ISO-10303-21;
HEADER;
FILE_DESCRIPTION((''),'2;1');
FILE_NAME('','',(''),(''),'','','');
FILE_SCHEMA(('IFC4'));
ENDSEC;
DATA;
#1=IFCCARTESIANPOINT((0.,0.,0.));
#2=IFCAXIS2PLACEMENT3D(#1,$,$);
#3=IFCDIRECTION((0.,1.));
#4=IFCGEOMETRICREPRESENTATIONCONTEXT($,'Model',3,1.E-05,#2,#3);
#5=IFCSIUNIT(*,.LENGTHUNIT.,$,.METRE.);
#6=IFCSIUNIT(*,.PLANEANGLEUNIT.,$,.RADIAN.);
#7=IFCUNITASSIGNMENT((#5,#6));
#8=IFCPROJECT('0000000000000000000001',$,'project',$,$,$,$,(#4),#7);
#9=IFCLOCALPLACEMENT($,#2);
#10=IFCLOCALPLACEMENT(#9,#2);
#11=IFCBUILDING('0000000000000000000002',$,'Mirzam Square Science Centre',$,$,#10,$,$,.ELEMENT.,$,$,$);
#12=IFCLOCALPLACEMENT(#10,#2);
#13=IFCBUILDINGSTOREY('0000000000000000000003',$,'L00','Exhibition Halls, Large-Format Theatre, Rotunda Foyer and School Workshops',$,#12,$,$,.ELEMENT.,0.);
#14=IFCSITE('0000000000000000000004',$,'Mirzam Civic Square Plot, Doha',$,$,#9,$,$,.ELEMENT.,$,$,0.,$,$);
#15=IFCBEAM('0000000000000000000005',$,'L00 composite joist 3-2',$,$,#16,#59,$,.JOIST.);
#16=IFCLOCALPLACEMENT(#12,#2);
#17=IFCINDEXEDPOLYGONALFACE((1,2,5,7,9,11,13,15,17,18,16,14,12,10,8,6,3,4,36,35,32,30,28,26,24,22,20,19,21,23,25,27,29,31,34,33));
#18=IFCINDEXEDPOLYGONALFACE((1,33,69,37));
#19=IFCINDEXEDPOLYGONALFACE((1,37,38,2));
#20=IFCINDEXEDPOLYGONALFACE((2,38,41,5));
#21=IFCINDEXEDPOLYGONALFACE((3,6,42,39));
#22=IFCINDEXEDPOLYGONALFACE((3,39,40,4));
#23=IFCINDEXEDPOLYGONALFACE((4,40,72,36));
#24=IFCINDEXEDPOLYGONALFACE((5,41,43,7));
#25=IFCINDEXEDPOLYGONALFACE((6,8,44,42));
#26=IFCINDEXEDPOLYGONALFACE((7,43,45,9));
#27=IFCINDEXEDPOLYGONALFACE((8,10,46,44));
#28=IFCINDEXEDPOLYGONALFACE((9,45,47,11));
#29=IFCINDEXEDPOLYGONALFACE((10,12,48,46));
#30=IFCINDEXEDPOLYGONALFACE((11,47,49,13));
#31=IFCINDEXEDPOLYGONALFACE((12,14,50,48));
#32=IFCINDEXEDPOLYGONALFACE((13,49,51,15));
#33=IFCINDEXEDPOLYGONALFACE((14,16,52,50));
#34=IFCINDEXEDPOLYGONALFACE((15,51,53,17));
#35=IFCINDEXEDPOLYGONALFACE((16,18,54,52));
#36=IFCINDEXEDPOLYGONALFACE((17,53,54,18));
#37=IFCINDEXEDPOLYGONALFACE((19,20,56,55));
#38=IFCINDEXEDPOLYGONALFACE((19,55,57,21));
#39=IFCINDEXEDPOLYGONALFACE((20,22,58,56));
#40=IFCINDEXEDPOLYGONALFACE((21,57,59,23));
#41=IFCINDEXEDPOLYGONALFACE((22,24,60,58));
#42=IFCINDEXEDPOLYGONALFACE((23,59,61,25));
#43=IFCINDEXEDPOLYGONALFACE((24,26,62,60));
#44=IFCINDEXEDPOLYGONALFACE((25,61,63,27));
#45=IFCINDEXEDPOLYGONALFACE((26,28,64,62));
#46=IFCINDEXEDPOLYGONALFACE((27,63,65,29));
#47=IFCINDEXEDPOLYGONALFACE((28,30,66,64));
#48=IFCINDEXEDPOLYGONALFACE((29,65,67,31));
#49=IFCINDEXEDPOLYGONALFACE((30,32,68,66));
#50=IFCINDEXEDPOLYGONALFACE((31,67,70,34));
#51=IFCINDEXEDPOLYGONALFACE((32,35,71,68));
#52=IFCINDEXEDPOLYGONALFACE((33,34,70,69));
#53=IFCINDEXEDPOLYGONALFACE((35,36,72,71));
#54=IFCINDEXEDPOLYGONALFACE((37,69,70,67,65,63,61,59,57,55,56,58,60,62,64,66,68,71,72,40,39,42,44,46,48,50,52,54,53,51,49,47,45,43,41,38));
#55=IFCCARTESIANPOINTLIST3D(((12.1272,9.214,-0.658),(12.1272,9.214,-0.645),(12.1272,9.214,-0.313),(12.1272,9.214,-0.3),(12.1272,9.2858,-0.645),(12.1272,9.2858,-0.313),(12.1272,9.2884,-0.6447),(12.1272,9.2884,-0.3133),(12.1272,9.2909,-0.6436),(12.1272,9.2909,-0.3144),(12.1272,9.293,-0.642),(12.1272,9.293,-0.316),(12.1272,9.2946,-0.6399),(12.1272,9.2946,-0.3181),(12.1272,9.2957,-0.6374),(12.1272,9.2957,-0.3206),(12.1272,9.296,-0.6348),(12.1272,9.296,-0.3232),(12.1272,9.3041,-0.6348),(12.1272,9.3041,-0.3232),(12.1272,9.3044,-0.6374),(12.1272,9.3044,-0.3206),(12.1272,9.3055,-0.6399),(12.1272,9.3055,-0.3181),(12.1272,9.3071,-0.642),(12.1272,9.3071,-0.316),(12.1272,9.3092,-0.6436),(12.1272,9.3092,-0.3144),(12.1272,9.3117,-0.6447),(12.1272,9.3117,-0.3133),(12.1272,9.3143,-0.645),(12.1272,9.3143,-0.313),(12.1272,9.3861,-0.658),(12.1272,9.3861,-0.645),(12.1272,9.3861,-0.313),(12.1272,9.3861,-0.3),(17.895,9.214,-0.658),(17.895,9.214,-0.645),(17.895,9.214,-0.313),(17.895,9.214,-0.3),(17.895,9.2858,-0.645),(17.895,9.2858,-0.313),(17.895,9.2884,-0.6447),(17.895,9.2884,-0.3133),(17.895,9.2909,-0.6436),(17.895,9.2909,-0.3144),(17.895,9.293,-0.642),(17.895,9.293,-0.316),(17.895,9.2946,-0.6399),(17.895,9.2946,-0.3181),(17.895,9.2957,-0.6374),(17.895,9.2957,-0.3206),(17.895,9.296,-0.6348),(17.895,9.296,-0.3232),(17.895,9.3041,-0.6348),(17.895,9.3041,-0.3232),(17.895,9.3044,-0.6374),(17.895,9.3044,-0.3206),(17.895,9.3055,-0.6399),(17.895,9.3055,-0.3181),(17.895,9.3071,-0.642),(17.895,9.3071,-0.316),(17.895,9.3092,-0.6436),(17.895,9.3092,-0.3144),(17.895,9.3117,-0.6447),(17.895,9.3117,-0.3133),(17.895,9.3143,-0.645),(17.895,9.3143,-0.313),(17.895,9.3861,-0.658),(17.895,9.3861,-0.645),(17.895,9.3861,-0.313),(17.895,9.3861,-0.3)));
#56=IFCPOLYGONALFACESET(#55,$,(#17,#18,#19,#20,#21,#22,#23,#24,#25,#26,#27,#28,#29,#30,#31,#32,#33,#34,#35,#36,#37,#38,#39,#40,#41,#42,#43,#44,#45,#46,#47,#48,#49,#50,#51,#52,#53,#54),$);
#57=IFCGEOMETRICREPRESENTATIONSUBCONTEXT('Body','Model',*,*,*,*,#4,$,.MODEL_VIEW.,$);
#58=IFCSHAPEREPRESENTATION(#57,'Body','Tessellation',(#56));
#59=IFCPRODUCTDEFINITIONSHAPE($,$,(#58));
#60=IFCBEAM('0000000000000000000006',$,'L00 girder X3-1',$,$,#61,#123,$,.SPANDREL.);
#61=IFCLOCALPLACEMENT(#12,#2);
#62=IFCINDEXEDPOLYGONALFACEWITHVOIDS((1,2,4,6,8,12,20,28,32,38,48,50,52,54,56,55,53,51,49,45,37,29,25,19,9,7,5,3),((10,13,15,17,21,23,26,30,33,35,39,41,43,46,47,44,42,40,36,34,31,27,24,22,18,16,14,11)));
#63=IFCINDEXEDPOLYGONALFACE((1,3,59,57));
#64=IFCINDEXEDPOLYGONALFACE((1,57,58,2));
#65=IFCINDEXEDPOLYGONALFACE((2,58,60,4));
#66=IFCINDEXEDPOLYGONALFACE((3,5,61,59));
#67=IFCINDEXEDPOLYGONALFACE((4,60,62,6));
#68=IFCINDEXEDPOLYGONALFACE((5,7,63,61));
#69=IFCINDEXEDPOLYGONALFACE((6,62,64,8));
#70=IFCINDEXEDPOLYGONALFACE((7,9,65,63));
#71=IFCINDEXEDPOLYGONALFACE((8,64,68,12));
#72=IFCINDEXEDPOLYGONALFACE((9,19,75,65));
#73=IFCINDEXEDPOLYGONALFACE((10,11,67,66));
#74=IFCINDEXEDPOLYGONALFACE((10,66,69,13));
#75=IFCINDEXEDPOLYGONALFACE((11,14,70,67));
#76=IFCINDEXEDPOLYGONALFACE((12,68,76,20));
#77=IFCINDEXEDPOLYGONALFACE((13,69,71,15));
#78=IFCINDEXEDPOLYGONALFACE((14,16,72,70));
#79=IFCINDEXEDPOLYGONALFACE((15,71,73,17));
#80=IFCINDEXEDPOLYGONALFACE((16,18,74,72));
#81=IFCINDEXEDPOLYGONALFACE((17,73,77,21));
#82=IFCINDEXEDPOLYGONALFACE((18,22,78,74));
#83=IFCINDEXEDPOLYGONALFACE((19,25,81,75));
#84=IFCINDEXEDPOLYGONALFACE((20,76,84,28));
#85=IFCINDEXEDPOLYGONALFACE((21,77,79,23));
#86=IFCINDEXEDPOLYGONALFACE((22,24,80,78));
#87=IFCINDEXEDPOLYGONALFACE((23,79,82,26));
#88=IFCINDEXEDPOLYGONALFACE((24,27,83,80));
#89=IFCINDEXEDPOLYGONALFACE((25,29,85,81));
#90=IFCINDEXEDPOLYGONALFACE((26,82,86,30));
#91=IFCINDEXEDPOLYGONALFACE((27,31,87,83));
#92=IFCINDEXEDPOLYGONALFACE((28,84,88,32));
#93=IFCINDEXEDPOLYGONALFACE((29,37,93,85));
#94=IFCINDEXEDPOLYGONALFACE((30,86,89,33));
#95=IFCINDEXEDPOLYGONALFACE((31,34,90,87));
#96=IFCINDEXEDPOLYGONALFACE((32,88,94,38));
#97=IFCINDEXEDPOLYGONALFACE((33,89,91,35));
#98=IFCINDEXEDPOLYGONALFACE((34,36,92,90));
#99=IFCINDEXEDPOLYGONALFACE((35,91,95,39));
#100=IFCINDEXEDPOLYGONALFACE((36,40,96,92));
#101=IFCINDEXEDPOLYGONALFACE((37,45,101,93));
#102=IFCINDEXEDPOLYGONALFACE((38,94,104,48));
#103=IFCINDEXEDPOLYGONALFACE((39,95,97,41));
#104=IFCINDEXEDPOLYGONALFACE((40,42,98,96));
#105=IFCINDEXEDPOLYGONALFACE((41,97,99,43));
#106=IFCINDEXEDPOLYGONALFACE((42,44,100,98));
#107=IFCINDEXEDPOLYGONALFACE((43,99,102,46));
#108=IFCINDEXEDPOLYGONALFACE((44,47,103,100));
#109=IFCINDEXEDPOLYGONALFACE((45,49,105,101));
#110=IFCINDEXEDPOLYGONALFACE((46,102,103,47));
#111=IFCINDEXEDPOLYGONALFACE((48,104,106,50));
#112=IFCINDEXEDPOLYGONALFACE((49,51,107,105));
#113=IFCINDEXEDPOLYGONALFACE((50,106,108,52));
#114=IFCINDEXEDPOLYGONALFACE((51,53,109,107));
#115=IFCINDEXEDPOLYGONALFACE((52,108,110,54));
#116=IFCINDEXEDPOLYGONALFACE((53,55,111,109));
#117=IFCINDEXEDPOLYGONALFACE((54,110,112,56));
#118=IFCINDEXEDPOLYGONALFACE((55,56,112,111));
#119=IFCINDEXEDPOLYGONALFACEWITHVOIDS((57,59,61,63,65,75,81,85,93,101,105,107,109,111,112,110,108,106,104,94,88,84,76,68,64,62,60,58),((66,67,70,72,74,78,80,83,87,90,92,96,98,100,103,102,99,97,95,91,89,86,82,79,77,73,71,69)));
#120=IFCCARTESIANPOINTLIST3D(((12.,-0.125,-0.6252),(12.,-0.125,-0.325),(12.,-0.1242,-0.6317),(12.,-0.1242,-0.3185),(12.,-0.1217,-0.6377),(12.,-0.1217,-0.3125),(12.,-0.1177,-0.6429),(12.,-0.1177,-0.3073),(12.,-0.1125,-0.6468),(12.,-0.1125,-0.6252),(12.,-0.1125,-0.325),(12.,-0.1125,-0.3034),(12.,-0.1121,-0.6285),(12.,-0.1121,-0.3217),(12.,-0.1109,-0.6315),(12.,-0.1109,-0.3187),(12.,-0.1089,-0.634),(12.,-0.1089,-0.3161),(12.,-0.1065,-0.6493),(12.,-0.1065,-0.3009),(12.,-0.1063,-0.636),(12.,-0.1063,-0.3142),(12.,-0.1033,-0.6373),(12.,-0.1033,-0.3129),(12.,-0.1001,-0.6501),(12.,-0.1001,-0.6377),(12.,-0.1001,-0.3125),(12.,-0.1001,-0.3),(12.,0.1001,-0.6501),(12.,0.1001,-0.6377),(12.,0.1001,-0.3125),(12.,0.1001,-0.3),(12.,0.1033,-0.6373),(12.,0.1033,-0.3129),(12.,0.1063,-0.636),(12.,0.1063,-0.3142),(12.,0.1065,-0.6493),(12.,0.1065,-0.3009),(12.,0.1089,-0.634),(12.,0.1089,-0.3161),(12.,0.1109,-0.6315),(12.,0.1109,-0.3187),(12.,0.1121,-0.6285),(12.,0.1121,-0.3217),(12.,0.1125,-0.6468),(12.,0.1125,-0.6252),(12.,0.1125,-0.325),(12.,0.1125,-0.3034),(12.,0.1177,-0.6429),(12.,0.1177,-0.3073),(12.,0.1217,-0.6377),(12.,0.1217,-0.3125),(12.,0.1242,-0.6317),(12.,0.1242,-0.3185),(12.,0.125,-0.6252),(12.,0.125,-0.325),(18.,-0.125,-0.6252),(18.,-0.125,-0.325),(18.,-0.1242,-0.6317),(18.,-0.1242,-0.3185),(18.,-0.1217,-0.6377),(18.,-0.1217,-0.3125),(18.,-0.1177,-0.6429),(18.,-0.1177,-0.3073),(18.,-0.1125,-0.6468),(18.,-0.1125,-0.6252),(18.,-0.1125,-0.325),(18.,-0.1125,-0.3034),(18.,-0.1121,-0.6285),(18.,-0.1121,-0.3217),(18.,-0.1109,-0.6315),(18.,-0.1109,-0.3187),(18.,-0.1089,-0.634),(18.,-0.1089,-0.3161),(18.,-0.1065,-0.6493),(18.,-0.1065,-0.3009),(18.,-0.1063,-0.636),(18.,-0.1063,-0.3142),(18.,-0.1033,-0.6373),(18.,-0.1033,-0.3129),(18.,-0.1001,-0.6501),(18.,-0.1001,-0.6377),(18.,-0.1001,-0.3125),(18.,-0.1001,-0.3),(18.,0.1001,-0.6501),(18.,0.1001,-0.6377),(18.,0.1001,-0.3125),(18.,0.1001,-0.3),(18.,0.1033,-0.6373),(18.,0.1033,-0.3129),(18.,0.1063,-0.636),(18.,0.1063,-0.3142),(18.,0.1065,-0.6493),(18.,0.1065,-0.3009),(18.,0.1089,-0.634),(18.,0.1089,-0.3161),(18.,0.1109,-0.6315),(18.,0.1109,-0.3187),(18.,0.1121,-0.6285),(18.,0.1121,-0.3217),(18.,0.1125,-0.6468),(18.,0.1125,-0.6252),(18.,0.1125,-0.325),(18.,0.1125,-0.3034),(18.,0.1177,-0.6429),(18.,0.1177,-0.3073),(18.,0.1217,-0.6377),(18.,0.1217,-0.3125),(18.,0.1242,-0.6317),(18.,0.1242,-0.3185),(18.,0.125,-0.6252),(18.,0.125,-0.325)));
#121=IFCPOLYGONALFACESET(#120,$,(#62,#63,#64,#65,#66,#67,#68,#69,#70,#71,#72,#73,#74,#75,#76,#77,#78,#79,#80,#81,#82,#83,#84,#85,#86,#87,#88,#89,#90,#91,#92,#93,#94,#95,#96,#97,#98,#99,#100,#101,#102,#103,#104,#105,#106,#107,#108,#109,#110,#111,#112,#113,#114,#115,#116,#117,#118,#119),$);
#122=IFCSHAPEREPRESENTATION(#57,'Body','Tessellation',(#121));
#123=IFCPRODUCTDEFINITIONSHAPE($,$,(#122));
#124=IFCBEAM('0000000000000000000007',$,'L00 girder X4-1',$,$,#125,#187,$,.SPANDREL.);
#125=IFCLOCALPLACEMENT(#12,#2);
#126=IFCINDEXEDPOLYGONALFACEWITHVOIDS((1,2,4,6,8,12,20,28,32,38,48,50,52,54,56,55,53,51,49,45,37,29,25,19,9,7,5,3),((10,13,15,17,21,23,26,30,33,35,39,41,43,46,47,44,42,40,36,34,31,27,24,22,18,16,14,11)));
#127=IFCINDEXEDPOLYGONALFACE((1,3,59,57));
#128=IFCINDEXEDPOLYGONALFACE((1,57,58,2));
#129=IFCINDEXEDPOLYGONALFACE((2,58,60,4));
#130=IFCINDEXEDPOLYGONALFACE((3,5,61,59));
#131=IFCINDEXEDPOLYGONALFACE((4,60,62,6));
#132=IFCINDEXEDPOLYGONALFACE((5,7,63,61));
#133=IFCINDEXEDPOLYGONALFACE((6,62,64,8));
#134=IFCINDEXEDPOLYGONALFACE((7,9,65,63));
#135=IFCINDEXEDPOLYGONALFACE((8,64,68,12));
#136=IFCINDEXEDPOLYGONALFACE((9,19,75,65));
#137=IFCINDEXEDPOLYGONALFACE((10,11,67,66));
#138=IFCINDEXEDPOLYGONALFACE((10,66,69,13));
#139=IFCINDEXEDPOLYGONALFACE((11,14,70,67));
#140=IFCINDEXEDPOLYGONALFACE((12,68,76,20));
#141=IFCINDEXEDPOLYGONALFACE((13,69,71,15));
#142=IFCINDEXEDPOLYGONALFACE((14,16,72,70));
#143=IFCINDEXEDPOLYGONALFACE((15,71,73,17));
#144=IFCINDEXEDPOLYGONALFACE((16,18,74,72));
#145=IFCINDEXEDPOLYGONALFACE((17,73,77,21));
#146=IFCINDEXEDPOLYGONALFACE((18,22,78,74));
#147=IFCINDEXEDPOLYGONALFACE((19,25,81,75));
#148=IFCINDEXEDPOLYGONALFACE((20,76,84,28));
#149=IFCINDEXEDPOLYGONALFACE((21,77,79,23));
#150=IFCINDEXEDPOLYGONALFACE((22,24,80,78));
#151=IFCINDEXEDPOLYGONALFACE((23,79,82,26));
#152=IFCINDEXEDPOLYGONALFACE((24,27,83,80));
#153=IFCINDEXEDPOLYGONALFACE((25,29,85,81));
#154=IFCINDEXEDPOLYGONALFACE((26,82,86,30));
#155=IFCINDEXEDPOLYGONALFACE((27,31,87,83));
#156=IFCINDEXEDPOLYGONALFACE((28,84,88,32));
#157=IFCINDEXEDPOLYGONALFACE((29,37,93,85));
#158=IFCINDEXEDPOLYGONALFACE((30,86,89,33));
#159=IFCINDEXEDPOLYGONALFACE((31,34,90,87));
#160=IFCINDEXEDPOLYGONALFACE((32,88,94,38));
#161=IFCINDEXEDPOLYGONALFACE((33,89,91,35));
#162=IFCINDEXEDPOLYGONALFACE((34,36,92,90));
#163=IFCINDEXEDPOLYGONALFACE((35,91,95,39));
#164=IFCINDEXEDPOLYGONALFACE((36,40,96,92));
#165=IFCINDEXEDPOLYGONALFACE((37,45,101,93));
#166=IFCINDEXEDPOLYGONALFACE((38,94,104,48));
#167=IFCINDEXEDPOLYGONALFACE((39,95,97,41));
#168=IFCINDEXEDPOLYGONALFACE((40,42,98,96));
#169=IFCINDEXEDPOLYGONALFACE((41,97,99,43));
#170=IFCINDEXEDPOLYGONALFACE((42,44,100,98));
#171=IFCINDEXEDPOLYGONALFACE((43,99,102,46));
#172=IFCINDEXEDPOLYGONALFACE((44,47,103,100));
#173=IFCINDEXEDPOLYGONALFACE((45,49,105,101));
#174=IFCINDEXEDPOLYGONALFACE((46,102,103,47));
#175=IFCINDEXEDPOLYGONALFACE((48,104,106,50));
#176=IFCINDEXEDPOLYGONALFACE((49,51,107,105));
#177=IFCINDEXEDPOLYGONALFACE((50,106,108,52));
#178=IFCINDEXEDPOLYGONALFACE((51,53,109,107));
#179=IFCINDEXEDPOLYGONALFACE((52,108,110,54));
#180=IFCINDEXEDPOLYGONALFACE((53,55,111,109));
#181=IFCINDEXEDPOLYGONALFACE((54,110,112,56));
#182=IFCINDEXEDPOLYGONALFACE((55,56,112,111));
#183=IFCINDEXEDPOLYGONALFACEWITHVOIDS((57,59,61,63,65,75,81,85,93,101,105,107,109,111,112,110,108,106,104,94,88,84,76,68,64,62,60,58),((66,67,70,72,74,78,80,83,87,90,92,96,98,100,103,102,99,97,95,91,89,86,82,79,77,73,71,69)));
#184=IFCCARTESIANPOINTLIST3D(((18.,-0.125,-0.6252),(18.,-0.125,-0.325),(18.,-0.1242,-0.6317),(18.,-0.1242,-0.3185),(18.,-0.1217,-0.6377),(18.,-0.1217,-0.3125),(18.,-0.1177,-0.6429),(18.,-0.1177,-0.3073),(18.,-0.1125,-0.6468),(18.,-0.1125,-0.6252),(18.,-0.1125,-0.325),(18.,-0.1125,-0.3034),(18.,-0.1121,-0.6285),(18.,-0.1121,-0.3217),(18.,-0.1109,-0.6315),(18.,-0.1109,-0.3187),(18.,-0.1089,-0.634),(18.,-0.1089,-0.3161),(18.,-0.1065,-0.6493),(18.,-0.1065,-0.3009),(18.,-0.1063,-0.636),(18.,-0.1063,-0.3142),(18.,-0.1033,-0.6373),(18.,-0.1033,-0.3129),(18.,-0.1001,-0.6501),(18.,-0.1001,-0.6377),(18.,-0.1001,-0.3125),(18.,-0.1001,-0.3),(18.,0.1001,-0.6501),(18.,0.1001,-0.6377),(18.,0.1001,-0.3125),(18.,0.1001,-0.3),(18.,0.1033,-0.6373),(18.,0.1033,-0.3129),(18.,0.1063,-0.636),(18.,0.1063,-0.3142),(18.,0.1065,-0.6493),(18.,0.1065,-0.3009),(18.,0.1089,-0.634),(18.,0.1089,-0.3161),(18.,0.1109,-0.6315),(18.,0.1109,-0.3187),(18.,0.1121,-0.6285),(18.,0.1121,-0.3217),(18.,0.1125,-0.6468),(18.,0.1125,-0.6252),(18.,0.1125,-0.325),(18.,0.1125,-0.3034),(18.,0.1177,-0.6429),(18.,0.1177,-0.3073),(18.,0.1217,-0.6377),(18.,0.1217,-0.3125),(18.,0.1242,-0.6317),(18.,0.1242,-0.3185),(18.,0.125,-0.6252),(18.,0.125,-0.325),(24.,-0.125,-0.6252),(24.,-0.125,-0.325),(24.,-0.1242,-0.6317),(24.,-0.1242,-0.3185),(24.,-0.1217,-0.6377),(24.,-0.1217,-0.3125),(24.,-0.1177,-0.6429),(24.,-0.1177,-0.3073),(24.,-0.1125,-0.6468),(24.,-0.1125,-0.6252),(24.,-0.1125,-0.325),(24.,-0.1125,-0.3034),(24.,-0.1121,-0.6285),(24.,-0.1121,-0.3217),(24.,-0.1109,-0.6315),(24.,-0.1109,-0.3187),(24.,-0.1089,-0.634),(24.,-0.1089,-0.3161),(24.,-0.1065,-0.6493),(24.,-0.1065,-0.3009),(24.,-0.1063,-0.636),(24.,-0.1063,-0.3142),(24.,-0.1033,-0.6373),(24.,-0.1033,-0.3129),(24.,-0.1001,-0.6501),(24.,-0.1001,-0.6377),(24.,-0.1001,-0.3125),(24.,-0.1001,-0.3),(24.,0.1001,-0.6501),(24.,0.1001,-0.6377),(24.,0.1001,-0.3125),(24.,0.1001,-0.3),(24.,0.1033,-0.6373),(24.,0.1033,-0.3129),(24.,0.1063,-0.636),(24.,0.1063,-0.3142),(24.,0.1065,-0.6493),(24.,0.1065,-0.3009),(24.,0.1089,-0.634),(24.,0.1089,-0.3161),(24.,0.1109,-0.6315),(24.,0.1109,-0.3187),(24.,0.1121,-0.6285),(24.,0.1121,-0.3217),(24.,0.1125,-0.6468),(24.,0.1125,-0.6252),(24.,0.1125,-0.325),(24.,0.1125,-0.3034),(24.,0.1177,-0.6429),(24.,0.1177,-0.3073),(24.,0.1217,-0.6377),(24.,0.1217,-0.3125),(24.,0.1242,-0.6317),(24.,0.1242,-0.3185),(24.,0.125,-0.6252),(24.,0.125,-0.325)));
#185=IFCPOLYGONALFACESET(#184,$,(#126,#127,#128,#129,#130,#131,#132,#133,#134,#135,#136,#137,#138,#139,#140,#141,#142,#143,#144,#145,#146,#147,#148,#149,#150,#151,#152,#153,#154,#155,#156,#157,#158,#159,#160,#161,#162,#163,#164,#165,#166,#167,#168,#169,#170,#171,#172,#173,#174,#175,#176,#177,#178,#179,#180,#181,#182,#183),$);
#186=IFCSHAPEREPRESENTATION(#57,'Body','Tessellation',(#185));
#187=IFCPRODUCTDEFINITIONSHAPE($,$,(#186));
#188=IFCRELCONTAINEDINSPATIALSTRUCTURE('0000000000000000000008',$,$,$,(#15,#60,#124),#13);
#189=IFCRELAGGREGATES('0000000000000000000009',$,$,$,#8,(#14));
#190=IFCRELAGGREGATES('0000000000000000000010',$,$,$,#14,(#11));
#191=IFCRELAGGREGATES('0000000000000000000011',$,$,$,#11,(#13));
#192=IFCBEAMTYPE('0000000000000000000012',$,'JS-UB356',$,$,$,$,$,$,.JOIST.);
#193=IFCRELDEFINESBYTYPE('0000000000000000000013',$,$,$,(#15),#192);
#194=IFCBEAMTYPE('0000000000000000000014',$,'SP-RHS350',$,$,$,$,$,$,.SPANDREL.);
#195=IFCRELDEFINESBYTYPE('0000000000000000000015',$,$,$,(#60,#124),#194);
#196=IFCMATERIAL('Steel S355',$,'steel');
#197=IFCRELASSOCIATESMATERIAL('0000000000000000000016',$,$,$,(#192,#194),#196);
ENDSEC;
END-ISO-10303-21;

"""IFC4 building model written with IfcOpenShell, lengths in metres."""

from ifc_helpers import new_model, si_unit, direction, frame, origin, origin_2d, place, context, subcontext, project, spatial, hollow_rectangle, i_section, extrude, material, material_profile, profile_set, type_object, element, save


model = new_model("IFC4")

# Units and contexts
model_context = context("Model", 3, precision=1e-05, world=origin(), true_north=direction((0.0, 1.0)))
body_context = subcontext(model_context, "Body", "Model", "MODEL_VIEW")
ifc_project = project(units=[si_unit("LENGTHUNIT", "METRE"), si_unit("PLANEANGLEUNIT", "RADIAN")], contexts=[model_context])

# Site, building, storey
site_placement = place(None, origin())
site = spatial("IfcSite", under=ifc_project, at=site_placement, Name="Mirzam Civic Square Plot, Doha", CompositionType="ELEMENT", RefElevation=0.0)
building_placement = place(site_placement, origin())
building = spatial("IfcBuilding", under=site, at=building_placement, Name="Mirzam Square Science Centre", CompositionType="ELEMENT")
storey_placement = place(building_placement, origin())
storey = spatial("IfcBuildingStorey", under=building, at=storey_placement, Name="L00", Description="Exhibition Halls, Large-Format Theatre, Rotunda Foyer and School Workshops", CompositionType="ELEMENT", Elevation=0.0)

# Shared definitions
ifc_material_1 = material(Name="Steel S355", Category="steel")

# Beams
ifc_material_profile_1 = material_profile(ifc_material_1, i_section(OverallWidth=0.1721, OverallDepth=0.3579, WebThickness=0.0081, FlangeThickness=0.0129, FilletRadius=0.0103, at=origin_2d()), Name="356x171x57UB")
ifc_profile_set_1 = profile_set([ifc_material_profile_1], Name="Steel S355")
beam_type_1 = type_object("IfcBeamType", Name="JS-UB356", PredefinedType="JOIST", material=ifc_profile_set_1)
beam_1_placement = place(storey_placement, frame((12.1272, 9.3, -0.479), z_axis=(1.0, 0.0, 0.0), x_axis=(0.0, 1.0, 0.0)))
element("IfcBeam", 1, at=beam_1_placement, inside=storey, type_object=beam_type_1, Name="L00 composite joist 3-2", PredefinedType="JOIST", context=body_context, shape_type="SweptSolid", body=[
    extrude(i_section(OverallWidth=0.1721, OverallDepth=0.3579, WebThickness=0.0081, FlangeThickness=0.0129, FilletRadius=0.0103, at=origin_2d()), origin(), (0.0, 0.0, 1.0), 5.7678),
])
ifc_material_profile_2 = material_profile(ifc_material_1, hollow_rectangle(XDim=0.25, YDim=0.3501, WallThickness=0.0125, InnerFilletRadius=0.0125, OuterFilletRadius=0.0249, at=origin_2d()), Name="350x250x12.5RHS")
ifc_profile_set_2 = profile_set([ifc_material_profile_2], Name="Steel S355")
beam_type_2 = type_object("IfcBeamType", Name="SP-RHS350", PredefinedType="SPANDREL", material=ifc_profile_set_2)
for number, where, z_axis, x_axis, name in (
    (2, (12.0, 0.0, -0.4751), (1.0, 0.0, 0.0), (0.0, 1.0, 0.0), "L00 girder X3-1"),
    (3, (18.0, 0.0, -0.4751), (1.0, 0.0, 0.0), (0.0, 1.0, 0.0), "L00 girder X4-1"),
):
    element("IfcBeam", number, at=place(storey_placement, frame(where, z_axis=z_axis, x_axis=x_axis)), inside=storey, type_object=beam_type_2, Name=name, PredefinedType="SPANDREL", context=body_context, shape_type="SweptSolid", body=[
        extrude(hollow_rectangle(XDim=0.25, YDim=0.3501, WallThickness=0.0125, InnerFilletRadius=0.0125, OuterFilletRadius=0.0249, at=origin_2d()), origin(), (0.0, 0.0, 1.0), 6.0),
    ])

save(model, "model.ifc")
